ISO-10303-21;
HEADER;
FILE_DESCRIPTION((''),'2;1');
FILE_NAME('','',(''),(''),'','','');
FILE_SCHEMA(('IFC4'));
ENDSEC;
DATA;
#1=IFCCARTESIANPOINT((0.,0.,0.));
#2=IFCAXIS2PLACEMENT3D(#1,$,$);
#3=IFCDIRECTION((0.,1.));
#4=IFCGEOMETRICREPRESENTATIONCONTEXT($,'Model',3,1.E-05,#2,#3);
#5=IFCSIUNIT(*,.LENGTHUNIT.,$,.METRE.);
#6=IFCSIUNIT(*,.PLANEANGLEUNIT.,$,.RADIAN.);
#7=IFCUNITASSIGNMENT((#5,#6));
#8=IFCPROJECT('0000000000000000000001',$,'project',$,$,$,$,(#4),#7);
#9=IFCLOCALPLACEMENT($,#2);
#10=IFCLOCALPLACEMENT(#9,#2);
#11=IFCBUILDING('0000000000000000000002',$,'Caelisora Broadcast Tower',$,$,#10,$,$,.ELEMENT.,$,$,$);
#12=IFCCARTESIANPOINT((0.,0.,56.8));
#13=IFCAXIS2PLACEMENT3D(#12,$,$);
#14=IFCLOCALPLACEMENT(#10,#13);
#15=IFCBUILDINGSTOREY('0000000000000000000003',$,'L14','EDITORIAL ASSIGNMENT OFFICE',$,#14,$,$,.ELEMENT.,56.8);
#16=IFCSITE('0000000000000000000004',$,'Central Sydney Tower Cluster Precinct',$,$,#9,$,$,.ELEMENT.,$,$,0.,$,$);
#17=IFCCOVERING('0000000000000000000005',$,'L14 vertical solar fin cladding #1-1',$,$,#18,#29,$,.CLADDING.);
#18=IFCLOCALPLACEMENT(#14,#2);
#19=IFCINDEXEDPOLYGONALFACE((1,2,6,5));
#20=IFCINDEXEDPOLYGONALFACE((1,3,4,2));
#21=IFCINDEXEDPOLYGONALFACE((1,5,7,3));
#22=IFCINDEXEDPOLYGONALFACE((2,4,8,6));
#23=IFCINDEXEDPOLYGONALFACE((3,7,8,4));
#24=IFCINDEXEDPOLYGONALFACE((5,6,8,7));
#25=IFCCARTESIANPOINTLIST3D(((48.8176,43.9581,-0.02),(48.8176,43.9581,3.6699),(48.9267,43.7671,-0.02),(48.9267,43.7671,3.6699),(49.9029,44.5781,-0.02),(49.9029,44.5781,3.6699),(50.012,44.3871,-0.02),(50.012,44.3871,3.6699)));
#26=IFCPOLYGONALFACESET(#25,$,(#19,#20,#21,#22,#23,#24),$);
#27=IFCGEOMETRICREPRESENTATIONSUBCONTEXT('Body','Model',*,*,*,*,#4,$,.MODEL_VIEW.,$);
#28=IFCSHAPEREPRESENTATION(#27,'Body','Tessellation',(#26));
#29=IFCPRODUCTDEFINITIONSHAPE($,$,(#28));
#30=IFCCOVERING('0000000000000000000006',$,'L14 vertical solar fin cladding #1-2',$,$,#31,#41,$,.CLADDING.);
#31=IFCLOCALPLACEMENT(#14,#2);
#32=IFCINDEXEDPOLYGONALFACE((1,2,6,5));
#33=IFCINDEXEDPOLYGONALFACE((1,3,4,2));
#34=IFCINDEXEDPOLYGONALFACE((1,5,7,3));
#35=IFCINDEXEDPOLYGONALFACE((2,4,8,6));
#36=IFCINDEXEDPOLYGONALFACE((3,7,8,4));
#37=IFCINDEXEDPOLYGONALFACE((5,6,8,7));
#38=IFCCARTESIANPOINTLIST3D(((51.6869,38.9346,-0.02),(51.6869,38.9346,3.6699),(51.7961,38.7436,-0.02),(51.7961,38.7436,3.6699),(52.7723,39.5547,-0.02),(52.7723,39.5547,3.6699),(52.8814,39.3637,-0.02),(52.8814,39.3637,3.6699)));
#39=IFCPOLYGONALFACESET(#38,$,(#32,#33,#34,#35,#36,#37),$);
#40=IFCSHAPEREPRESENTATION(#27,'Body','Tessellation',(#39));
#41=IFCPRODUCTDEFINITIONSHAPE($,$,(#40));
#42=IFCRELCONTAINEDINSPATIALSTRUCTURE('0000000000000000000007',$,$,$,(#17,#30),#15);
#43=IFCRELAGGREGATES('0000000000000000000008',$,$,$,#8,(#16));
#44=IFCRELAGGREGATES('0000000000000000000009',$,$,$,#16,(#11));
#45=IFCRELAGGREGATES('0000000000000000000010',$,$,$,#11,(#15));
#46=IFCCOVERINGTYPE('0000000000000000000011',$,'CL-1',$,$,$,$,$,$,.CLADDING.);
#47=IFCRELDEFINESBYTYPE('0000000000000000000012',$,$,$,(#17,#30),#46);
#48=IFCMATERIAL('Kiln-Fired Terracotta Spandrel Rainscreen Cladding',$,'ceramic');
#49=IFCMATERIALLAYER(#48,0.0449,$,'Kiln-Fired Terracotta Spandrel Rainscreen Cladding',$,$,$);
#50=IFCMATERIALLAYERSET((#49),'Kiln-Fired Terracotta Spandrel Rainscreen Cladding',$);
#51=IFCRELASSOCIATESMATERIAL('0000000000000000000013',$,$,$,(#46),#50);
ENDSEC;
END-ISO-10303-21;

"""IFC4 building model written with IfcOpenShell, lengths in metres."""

from ifc_helpers import new_model, si_unit, direction, frame, origin, origin_2d, place, context, subcontext, project, spatial, rectangle, extrude, source, transform, mapped, material, layer, layer_set, type_object, type_shapes, element, save


model = new_model("IFC4")

# Units and contexts
model_context = context("Model", 3, precision=1e-05, world=origin(), true_north=direction((0.0, 1.0)))
body_context = subcontext(model_context, "Body", "Model", "MODEL_VIEW")
ifc_project = project(units=[si_unit("LENGTHUNIT", "METRE"), si_unit("PLANEANGLEUNIT", "RADIAN")], contexts=[model_context])

# Site, building, storey
site_placement = place(None, origin())
site = spatial("IfcSite", under=ifc_project, at=site_placement, Name="Central Sydney Tower Cluster Precinct", CompositionType="ELEMENT", RefElevation=0.0)
building_placement = place(site_placement, origin())
building = spatial("IfcBuilding", under=site, at=building_placement, Name="Caelisora Broadcast Tower", CompositionType="ELEMENT")
storey_placement = place(building_placement, frame((0.0, 0.0, 56.8)))
storey = spatial("IfcBuildingStorey", under=building, at=storey_placement, Name="L14", Description="EDITORIAL ASSIGNMENT OFFICE", CompositionType="ELEMENT", Elevation=56.8)

# Coverings
ifc_material_1 = material(Name="Kiln-Fired Terracotta Spandrel Rainscreen Cladding", Category="ceramic")
ifc_layer_1 = layer(ifc_material_1, 0.0449, Name="Kiln-Fired Terracotta Spandrel Rainscreen Cladding")
ifc_layer_set_1 = layer_set([ifc_layer_1], Name="Kiln-Fired Terracotta Spandrel Rainscreen Cladding")
covering_type = type_object("IfcCoveringType", Name="CL-1", PredefinedType="CLADDING", material=ifc_layer_set_1)
shared_shape_1 = source(origin(), body_context, "Body", "SweptSolid", [
    extrude(rectangle(XDim=0.22, YDim=1.25, at=origin_2d()), origin(), (0.0, 0.0, 1.0), 3.6899),
])
type_shapes(covering_type, [shared_shape_1])
for number, where, z_axis, x_axis, name in (
    (1, (49.4148, 44.1726, -0.02), (0.0, 0.0, 1.0), (0.496065, -0.868285, 0.0), "L14 vertical solar fin cladding #1-1"),
    (2, (52.2842, 39.1492, -0.02), (0.0, 0.0, 1.0), (0.496065, -0.868285, 0.0), "L14 vertical solar fin cladding #1-2"),
):
    element("IfcCovering", number, at=place(storey_placement, frame(where, z_axis=z_axis, x_axis=x_axis)), inside=storey, type_object=covering_type, Name=name, PredefinedType="CLADDING", context=body_context, shape_type="MappedRepresentation", body=[
        mapped(shared_shape_1, transform((0.0, 0.0, 0.0), scale=1.0)),
    ])

save(model, "model.ifc")
